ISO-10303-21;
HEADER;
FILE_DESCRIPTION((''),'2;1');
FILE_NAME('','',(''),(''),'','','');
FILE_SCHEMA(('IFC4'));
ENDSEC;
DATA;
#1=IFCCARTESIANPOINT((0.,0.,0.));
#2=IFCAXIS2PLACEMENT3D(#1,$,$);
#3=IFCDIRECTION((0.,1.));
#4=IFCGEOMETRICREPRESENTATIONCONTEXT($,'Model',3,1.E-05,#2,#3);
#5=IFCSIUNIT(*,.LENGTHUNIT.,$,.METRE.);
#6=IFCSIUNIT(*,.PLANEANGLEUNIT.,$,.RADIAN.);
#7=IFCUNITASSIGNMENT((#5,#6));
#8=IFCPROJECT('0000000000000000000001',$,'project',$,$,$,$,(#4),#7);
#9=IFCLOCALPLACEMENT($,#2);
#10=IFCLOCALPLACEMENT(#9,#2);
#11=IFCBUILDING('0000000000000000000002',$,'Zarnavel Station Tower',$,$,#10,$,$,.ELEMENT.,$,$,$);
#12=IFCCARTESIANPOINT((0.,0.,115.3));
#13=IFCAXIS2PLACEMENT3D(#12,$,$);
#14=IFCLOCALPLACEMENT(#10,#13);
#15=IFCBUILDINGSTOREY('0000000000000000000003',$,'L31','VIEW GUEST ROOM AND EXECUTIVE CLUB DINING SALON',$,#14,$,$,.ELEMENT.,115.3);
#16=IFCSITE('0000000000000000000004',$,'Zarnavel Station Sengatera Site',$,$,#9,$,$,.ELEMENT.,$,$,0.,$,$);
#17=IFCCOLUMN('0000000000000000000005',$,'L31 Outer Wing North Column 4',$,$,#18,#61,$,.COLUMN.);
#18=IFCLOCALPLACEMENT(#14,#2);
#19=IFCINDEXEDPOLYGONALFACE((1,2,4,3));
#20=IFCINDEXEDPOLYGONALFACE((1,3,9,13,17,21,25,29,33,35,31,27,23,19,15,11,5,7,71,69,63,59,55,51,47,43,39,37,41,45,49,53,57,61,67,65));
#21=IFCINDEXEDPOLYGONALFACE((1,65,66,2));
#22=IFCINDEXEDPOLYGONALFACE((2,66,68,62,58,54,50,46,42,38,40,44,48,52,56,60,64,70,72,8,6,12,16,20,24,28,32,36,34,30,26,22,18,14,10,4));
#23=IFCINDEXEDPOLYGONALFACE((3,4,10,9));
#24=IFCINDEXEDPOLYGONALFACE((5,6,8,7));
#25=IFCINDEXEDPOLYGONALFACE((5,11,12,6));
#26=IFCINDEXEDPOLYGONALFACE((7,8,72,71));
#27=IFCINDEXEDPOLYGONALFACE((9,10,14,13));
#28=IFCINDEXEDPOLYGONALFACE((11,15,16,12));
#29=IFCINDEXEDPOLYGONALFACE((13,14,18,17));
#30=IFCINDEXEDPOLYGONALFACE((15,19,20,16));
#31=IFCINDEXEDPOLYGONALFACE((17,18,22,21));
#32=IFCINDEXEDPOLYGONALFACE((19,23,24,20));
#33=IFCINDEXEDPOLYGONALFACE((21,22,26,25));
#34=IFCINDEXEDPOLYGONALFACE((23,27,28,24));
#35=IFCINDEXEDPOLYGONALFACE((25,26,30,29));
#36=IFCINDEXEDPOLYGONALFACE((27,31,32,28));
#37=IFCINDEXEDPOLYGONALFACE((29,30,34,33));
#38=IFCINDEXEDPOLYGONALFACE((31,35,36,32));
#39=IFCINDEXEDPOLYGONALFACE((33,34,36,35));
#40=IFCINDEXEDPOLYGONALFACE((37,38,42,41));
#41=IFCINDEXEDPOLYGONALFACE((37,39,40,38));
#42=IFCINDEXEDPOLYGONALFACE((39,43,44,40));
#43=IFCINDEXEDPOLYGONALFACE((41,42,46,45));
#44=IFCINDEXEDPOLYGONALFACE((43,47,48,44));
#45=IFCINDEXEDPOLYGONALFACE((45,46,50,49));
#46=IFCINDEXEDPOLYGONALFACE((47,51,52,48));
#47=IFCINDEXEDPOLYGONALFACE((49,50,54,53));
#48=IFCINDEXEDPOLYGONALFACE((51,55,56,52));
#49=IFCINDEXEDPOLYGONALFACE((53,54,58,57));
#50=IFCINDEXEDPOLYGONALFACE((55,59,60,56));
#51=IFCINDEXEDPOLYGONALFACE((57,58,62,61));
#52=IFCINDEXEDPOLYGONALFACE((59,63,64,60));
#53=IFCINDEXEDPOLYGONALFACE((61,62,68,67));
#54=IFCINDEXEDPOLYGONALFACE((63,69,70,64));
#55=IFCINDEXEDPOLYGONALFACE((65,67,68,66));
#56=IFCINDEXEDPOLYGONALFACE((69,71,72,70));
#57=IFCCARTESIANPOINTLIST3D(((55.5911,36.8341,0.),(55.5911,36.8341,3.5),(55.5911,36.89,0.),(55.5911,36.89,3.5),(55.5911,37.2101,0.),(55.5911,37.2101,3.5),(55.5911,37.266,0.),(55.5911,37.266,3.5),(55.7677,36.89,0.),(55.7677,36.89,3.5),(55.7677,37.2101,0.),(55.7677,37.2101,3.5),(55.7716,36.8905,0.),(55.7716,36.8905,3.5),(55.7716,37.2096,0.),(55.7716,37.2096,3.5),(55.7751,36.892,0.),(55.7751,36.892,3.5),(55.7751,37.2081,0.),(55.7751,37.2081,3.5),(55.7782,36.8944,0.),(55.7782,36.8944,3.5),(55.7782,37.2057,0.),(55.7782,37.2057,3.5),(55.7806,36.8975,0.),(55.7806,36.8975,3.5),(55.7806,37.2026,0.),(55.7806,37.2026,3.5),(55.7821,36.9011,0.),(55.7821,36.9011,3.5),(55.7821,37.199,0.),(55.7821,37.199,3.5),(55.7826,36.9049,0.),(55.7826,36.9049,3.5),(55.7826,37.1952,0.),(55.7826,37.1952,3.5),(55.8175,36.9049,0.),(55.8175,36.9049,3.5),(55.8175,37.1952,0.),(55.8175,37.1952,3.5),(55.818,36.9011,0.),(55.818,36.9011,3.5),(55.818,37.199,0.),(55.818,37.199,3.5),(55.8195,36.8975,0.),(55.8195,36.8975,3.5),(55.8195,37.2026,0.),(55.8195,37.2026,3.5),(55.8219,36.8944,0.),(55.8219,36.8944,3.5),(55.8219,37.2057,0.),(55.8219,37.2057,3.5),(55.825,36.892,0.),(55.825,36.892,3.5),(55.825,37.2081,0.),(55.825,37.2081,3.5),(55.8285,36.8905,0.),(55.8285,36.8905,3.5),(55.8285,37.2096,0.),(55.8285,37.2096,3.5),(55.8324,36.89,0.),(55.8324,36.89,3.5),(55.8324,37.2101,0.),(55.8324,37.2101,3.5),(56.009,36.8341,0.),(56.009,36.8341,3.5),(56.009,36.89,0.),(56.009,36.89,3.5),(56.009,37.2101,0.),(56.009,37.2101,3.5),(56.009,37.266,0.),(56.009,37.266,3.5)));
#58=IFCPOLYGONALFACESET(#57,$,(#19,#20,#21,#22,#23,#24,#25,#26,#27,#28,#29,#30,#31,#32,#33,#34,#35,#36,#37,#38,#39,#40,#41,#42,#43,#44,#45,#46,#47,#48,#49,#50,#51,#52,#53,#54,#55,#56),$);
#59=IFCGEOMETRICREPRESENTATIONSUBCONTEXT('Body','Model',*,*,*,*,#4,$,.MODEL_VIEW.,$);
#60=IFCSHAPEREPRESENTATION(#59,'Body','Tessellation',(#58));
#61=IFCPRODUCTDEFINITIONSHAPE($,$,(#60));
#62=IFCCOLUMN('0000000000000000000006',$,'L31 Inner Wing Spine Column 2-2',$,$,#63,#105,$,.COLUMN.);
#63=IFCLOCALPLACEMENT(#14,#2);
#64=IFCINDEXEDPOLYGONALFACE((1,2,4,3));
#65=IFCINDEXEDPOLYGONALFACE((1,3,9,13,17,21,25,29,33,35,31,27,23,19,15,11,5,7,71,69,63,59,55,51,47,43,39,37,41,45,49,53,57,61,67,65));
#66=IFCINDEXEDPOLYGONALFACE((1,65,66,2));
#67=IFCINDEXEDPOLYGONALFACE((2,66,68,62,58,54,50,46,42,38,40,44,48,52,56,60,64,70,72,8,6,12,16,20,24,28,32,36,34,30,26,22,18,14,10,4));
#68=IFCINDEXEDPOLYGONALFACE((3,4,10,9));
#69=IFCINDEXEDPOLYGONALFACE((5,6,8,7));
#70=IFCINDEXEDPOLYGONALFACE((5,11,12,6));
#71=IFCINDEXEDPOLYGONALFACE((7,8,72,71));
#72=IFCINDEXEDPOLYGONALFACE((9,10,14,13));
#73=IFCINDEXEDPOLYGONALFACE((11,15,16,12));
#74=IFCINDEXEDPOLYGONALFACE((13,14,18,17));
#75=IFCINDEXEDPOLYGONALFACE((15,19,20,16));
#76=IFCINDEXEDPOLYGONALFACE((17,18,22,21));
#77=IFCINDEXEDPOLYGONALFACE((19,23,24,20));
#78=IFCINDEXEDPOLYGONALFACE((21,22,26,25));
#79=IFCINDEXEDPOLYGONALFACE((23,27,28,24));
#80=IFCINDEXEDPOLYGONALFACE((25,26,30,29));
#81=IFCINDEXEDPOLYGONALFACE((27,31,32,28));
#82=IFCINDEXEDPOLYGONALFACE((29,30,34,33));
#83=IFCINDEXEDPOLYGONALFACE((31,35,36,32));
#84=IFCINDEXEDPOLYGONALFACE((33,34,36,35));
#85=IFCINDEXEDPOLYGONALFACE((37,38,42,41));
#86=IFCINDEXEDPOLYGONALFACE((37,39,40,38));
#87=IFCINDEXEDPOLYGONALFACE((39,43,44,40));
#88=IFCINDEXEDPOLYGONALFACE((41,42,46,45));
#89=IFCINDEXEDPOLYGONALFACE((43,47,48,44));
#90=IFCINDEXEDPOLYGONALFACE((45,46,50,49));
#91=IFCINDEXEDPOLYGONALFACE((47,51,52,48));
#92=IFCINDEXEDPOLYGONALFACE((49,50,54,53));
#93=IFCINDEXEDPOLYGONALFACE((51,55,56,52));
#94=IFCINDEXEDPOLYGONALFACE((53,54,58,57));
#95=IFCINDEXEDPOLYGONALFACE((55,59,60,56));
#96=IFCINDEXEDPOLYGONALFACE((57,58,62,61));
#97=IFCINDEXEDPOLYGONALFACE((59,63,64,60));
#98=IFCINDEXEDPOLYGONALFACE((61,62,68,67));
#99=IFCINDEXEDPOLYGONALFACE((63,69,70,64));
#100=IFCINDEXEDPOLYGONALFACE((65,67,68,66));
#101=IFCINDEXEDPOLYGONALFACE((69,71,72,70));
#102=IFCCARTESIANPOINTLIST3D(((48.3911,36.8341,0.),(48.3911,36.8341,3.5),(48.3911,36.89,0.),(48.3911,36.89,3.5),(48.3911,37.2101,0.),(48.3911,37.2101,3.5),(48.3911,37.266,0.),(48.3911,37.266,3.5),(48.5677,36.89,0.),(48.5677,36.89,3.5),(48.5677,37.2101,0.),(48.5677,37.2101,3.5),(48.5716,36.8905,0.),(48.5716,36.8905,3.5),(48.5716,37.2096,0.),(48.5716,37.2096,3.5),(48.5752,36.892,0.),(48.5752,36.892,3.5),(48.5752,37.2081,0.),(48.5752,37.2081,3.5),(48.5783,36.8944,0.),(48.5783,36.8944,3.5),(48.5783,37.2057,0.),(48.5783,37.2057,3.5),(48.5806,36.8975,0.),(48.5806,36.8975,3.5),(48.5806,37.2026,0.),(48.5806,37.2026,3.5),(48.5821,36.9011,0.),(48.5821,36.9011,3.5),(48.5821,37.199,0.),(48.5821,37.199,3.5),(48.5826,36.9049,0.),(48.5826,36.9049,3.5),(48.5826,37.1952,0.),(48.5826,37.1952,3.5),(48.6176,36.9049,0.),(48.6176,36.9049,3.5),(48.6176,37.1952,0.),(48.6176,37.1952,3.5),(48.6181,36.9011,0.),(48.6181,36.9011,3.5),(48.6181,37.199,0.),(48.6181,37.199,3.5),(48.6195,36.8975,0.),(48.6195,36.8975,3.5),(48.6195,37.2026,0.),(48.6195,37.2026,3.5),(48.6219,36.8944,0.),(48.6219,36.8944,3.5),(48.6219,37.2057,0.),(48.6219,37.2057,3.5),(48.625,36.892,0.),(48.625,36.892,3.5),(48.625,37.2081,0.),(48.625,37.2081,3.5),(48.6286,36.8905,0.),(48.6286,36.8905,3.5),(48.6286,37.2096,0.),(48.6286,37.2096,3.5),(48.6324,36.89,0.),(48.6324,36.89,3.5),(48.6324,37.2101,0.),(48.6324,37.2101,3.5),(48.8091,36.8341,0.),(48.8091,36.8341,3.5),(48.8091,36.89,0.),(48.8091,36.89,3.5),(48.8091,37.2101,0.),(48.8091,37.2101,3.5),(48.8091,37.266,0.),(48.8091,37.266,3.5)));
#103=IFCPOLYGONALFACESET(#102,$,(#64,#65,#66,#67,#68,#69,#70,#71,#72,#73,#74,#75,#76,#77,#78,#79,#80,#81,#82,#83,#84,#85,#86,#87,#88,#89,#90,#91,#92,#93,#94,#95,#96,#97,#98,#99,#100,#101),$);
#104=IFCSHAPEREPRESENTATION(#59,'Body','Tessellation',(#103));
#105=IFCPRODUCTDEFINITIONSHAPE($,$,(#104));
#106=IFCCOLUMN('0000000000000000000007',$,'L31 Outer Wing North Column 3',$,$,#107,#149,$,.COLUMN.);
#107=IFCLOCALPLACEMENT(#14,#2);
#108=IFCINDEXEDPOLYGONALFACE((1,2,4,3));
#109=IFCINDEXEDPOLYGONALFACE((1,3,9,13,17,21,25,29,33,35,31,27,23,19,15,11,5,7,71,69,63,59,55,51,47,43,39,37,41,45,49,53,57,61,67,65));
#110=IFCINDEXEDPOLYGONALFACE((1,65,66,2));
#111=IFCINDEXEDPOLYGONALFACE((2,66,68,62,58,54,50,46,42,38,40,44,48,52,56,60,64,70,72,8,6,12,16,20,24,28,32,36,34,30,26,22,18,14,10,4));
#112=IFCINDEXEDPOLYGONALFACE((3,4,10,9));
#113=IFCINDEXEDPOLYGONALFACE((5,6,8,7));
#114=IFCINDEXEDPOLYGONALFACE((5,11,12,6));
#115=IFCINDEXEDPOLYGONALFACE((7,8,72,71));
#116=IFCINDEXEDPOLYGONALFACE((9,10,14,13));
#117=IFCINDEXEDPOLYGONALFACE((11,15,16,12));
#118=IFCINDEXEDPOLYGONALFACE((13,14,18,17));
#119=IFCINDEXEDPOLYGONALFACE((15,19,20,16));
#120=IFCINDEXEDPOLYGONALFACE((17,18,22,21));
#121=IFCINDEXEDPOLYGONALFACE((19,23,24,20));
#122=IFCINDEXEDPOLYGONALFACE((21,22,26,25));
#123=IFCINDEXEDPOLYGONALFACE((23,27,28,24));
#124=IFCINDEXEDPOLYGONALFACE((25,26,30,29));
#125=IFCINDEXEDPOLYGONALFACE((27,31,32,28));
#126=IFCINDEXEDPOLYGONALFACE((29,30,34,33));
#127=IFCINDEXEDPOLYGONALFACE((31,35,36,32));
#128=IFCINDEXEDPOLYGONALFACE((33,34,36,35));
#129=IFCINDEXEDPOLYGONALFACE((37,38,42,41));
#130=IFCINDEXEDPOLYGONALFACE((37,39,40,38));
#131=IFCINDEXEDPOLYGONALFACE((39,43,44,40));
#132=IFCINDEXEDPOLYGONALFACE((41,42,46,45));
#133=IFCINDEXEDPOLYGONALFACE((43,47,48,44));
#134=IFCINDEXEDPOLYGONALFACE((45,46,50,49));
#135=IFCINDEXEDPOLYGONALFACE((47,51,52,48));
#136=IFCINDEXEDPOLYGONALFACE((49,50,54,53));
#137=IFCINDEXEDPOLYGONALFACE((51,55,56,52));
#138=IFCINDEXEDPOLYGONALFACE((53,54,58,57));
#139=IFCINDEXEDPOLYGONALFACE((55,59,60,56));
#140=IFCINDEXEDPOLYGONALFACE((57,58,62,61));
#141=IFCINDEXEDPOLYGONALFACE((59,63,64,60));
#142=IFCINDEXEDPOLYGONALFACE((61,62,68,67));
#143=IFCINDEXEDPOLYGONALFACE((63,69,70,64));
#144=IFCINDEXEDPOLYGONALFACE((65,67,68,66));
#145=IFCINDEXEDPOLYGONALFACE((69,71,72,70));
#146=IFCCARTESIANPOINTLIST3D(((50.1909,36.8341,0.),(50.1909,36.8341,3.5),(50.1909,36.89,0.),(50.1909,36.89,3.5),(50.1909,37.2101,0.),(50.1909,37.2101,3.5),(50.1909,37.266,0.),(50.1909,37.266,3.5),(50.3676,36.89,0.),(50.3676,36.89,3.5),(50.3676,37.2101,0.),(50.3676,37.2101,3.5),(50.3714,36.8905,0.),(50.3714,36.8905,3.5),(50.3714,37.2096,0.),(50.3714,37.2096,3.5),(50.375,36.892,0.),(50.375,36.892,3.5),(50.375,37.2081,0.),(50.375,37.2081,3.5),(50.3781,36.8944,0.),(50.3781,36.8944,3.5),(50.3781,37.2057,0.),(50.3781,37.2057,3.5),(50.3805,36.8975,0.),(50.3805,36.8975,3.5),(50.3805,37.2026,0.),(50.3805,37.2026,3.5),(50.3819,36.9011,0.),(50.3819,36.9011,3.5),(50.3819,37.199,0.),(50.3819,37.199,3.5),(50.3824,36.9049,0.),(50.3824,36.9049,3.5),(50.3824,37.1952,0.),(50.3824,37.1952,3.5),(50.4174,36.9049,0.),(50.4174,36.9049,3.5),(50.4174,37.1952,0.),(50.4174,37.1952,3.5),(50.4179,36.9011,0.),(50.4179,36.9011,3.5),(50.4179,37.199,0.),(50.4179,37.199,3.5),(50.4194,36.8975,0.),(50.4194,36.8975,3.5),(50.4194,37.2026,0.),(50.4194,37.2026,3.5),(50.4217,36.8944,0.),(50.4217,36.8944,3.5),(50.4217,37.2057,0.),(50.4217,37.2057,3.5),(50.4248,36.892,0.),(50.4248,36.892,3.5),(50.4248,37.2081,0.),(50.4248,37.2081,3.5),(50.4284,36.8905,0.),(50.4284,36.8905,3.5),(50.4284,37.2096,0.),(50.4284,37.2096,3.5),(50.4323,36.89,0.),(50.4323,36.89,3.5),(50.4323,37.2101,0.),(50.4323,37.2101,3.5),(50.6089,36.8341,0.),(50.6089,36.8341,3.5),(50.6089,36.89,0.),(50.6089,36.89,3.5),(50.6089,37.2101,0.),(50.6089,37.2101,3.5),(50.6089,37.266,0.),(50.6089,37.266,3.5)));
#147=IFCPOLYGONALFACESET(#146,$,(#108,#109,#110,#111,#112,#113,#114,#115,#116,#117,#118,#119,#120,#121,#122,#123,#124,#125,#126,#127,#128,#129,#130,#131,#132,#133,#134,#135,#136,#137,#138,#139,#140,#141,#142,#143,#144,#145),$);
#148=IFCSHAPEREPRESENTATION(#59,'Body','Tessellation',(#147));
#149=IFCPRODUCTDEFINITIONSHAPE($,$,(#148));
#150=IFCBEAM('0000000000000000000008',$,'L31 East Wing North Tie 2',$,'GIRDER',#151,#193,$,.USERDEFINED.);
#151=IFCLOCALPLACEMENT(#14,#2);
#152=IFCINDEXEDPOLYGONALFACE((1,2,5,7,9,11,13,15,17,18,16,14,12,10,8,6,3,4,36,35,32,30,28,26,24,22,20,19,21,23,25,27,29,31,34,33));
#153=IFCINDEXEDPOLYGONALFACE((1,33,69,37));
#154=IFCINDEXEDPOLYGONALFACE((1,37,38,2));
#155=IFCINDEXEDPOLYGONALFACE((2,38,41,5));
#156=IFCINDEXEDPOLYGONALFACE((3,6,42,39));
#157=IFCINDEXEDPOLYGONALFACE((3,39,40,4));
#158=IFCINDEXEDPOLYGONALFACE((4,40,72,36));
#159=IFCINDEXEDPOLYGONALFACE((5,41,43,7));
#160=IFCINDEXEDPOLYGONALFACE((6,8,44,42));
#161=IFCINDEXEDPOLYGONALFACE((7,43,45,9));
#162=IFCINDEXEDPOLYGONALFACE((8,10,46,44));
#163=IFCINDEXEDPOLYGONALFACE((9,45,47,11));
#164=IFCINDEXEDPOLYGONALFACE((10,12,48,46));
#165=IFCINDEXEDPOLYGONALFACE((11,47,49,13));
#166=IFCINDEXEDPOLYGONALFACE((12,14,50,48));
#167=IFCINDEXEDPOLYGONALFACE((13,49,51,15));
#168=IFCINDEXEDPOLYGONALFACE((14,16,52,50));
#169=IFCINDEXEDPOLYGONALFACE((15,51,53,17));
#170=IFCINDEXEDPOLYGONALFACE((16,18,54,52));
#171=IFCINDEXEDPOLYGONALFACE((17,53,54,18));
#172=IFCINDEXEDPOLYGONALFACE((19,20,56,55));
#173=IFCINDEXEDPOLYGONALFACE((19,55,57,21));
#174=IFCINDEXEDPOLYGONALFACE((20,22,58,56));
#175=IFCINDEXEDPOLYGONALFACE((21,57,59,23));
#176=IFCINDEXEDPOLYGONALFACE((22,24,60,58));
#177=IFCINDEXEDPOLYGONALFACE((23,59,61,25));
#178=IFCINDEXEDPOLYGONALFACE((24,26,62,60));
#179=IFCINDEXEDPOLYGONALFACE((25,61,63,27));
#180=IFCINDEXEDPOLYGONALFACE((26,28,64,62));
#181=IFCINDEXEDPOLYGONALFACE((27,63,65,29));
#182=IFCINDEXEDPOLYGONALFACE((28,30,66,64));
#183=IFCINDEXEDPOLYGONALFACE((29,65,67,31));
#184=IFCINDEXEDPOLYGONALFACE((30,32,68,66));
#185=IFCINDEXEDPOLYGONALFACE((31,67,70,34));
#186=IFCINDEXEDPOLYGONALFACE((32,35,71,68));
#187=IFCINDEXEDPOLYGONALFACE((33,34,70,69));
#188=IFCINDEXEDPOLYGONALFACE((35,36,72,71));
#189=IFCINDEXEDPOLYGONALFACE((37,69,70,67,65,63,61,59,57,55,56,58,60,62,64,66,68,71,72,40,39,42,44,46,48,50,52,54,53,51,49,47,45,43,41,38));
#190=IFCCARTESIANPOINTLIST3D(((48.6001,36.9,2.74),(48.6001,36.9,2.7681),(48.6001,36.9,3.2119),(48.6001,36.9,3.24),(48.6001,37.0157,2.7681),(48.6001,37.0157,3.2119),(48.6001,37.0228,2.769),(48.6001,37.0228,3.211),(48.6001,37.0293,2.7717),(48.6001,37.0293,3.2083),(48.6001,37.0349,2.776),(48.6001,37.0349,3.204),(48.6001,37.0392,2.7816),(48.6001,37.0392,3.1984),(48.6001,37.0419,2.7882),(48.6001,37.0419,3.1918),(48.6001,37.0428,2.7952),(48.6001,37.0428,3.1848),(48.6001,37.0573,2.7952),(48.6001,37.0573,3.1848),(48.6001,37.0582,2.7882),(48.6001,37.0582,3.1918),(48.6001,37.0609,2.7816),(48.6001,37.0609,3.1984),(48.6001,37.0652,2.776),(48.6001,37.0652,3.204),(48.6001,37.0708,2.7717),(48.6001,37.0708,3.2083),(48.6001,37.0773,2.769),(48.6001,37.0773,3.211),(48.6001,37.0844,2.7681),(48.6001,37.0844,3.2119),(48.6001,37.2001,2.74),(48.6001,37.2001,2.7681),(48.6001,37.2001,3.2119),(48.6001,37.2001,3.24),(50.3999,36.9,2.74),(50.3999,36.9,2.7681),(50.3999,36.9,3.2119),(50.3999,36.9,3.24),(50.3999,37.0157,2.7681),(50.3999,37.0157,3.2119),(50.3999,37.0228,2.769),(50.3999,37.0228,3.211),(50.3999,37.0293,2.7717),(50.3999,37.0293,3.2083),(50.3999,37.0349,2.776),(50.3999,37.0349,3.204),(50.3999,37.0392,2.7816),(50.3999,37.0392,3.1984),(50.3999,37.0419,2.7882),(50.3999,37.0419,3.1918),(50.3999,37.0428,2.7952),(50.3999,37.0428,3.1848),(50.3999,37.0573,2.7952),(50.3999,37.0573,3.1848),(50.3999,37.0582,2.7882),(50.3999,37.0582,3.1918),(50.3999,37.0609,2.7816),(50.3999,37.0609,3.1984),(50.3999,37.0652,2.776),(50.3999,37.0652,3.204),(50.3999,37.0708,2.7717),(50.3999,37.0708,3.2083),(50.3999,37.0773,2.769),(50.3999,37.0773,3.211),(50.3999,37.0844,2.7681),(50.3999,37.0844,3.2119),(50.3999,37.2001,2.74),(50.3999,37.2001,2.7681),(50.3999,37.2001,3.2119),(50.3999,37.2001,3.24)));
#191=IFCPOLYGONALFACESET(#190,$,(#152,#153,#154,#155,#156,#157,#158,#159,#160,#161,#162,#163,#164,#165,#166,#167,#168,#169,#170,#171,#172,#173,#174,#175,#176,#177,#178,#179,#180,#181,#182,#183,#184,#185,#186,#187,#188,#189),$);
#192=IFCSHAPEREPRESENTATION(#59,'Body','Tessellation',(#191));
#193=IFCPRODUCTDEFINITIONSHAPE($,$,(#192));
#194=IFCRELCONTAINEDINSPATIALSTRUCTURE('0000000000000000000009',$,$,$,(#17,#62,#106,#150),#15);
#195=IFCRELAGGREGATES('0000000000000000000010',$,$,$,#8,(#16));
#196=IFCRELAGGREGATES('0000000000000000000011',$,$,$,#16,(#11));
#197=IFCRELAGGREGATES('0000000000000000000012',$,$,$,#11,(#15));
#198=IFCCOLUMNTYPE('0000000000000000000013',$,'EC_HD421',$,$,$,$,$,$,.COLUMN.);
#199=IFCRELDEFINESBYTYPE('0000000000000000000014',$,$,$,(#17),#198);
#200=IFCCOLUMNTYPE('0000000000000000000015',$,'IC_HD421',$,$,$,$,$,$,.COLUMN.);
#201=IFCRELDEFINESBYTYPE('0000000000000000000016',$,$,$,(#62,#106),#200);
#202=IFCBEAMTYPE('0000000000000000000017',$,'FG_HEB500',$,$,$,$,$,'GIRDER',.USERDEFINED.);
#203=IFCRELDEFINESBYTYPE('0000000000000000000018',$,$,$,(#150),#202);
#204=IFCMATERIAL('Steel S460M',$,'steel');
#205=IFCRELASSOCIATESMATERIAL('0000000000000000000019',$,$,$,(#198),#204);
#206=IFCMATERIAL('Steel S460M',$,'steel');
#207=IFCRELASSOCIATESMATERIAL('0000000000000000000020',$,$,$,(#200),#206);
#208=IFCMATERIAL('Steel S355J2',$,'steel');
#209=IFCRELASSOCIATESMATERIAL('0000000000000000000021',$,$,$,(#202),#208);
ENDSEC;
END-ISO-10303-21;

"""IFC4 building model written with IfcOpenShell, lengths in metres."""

from ifc_helpers import new_model, si_unit, direction, frame, origin, origin_2d, place, context, subcontext, project, spatial, i_section, extrude, material, material_profile, profile_set, type_object, element, save


model = new_model("IFC4")

# Units and contexts
model_context = context("Model", 3, precision=1e-05, world=origin(), true_north=direction((0.0, 1.0)))
body_context = subcontext(model_context, "Body", "Model", "MODEL_VIEW")
ifc_project = project(units=[si_unit("LENGTHUNIT", "METRE"), si_unit("PLANEANGLEUNIT", "RADIAN")], contexts=[model_context])

# Site, building, storey
site_placement = place(None, origin())
site = spatial("IfcSite", under=ifc_project, at=site_placement, Name="Zarnavel Station Sengatera Site", CompositionType="ELEMENT", RefElevation=0.0)
building_placement = place(site_placement, origin())
building = spatial("IfcBuilding", under=site, at=building_placement, Name="Zarnavel Station Tower", CompositionType="ELEMENT")
storey_placement = place(building_placement, frame((0.0, 0.0, 115.3)))
storey = spatial("IfcBuildingStorey", under=building, at=storey_placement, Name="L31", Description="VIEW GUEST ROOM AND EXECUTIVE CLUB DINING SALON", CompositionType="ELEMENT", Elevation=115.3)

# Columns
ifc_material_1 = material(Name="Steel S460M", Category="steel")
ifc_material_profile_1 = material_profile(ifc_material_1, i_section(OverallWidth=0.418, OverallDepth=0.4319, WebThickness=0.0349, FlangeThickness=0.0559, FilletRadius=0.0149, at=origin_2d()), Name="HD400x421")
ifc_profile_set_1 = profile_set([ifc_material_profile_1], Name="Steel S460M")
column_type_1 = type_object("IfcColumnType", Name="EC_HD421", PredefinedType="COLUMN", material=ifc_profile_set_1)
column_placement = place(storey_placement, frame((55.8, 37.05, 0.0), z_axis=(0.0, 0.0, 1.0), x_axis=(1.0, 0.0, 0.0)))
element("IfcColumn", 1, at=column_placement, inside=storey, type_object=column_type_1, Name="L31 Outer Wing North Column 4", PredefinedType="COLUMN", context=body_context, shape_type="SweptSolid", body=[
    extrude(i_section(OverallWidth=0.418, OverallDepth=0.4319, WebThickness=0.0349, FlangeThickness=0.0559, FilletRadius=0.0149, at=origin_2d()), origin(), (0.0, 0.0, 1.0), 3.5),
])
ifc_material_2 = material(Name="Steel S460M", Category="steel")
ifc_material_profile_2 = material_profile(ifc_material_2, i_section(OverallWidth=0.418, OverallDepth=0.4319, WebThickness=0.0349, FlangeThickness=0.0559, FilletRadius=0.0149, at=origin_2d()), Name="HD400x421")
ifc_profile_set_2 = profile_set([ifc_material_profile_2], Name="Steel S460M")
column_type_2 = type_object("IfcColumnType", Name="IC_HD421", PredefinedType="COLUMN", material=ifc_profile_set_2)
for number, where, z_axis, x_axis, name in (
    (2, (48.6001, 37.05, 0.0), (0.0, 0.0, 1.0), (1.0, 0.0, 0.0), "L31 Inner Wing Spine Column 2-2"),
    (3, (50.3999, 37.05, 0.0), (0.0, 0.0, 1.0), (1.0, 0.0, 0.0), "L31 Outer Wing North Column 3"),
):
    element("IfcColumn", number, at=place(storey_placement, frame(where, z_axis=z_axis, x_axis=x_axis)), inside=storey, type_object=column_type_2, Name=name, PredefinedType="COLUMN", context=body_context, shape_type="SweptSolid", body=[
        extrude(i_section(OverallWidth=0.418, OverallDepth=0.4319, WebThickness=0.0349, FlangeThickness=0.0559, FilletRadius=0.0149, at=origin_2d()), origin(), (0.0, 0.0, 1.0), 3.5),
    ])

# Beam
ifc_material_3 = material(Name="Steel S355J2", Category="steel")
ifc_material_profile_3 = material_profile(ifc_material_3, i_section(OverallWidth=0.3, OverallDepth=0.5, WebThickness=0.0144, FlangeThickness=0.0281, FilletRadius=0.0271, at=origin_2d()), Name="HEB500")
ifc_profile_set_3 = profile_set([ifc_material_profile_3], Name="Steel S355J2")
beam_type = type_object("IfcBeamType", Name="FG_HEB500", ElementType="GIRDER", PredefinedType="USERDEFINED", material=ifc_profile_set_3)
beam_1_placement = place(storey_placement, frame((48.6001, 37.05, 2.99), z_axis=(1.0, 0.0, 0.0), x_axis=(0.0, 1.0, 0.0)))
element("IfcBeam", 4, at=beam_1_placement, inside=storey, type_object=beam_type, Name="L31 East Wing North Tie 2", ObjectType="GIRDER", PredefinedType="USERDEFINED", context=body_context, shape_type="SweptSolid", body=[
    extrude(i_section(OverallWidth=0.3, OverallDepth=0.5, WebThickness=0.0144, FlangeThickness=0.0281, FilletRadius=0.0271, at=origin_2d()), origin(), (0.0, 0.0, 1.0), 1.7998),
])

save(model, "model.ifc")
